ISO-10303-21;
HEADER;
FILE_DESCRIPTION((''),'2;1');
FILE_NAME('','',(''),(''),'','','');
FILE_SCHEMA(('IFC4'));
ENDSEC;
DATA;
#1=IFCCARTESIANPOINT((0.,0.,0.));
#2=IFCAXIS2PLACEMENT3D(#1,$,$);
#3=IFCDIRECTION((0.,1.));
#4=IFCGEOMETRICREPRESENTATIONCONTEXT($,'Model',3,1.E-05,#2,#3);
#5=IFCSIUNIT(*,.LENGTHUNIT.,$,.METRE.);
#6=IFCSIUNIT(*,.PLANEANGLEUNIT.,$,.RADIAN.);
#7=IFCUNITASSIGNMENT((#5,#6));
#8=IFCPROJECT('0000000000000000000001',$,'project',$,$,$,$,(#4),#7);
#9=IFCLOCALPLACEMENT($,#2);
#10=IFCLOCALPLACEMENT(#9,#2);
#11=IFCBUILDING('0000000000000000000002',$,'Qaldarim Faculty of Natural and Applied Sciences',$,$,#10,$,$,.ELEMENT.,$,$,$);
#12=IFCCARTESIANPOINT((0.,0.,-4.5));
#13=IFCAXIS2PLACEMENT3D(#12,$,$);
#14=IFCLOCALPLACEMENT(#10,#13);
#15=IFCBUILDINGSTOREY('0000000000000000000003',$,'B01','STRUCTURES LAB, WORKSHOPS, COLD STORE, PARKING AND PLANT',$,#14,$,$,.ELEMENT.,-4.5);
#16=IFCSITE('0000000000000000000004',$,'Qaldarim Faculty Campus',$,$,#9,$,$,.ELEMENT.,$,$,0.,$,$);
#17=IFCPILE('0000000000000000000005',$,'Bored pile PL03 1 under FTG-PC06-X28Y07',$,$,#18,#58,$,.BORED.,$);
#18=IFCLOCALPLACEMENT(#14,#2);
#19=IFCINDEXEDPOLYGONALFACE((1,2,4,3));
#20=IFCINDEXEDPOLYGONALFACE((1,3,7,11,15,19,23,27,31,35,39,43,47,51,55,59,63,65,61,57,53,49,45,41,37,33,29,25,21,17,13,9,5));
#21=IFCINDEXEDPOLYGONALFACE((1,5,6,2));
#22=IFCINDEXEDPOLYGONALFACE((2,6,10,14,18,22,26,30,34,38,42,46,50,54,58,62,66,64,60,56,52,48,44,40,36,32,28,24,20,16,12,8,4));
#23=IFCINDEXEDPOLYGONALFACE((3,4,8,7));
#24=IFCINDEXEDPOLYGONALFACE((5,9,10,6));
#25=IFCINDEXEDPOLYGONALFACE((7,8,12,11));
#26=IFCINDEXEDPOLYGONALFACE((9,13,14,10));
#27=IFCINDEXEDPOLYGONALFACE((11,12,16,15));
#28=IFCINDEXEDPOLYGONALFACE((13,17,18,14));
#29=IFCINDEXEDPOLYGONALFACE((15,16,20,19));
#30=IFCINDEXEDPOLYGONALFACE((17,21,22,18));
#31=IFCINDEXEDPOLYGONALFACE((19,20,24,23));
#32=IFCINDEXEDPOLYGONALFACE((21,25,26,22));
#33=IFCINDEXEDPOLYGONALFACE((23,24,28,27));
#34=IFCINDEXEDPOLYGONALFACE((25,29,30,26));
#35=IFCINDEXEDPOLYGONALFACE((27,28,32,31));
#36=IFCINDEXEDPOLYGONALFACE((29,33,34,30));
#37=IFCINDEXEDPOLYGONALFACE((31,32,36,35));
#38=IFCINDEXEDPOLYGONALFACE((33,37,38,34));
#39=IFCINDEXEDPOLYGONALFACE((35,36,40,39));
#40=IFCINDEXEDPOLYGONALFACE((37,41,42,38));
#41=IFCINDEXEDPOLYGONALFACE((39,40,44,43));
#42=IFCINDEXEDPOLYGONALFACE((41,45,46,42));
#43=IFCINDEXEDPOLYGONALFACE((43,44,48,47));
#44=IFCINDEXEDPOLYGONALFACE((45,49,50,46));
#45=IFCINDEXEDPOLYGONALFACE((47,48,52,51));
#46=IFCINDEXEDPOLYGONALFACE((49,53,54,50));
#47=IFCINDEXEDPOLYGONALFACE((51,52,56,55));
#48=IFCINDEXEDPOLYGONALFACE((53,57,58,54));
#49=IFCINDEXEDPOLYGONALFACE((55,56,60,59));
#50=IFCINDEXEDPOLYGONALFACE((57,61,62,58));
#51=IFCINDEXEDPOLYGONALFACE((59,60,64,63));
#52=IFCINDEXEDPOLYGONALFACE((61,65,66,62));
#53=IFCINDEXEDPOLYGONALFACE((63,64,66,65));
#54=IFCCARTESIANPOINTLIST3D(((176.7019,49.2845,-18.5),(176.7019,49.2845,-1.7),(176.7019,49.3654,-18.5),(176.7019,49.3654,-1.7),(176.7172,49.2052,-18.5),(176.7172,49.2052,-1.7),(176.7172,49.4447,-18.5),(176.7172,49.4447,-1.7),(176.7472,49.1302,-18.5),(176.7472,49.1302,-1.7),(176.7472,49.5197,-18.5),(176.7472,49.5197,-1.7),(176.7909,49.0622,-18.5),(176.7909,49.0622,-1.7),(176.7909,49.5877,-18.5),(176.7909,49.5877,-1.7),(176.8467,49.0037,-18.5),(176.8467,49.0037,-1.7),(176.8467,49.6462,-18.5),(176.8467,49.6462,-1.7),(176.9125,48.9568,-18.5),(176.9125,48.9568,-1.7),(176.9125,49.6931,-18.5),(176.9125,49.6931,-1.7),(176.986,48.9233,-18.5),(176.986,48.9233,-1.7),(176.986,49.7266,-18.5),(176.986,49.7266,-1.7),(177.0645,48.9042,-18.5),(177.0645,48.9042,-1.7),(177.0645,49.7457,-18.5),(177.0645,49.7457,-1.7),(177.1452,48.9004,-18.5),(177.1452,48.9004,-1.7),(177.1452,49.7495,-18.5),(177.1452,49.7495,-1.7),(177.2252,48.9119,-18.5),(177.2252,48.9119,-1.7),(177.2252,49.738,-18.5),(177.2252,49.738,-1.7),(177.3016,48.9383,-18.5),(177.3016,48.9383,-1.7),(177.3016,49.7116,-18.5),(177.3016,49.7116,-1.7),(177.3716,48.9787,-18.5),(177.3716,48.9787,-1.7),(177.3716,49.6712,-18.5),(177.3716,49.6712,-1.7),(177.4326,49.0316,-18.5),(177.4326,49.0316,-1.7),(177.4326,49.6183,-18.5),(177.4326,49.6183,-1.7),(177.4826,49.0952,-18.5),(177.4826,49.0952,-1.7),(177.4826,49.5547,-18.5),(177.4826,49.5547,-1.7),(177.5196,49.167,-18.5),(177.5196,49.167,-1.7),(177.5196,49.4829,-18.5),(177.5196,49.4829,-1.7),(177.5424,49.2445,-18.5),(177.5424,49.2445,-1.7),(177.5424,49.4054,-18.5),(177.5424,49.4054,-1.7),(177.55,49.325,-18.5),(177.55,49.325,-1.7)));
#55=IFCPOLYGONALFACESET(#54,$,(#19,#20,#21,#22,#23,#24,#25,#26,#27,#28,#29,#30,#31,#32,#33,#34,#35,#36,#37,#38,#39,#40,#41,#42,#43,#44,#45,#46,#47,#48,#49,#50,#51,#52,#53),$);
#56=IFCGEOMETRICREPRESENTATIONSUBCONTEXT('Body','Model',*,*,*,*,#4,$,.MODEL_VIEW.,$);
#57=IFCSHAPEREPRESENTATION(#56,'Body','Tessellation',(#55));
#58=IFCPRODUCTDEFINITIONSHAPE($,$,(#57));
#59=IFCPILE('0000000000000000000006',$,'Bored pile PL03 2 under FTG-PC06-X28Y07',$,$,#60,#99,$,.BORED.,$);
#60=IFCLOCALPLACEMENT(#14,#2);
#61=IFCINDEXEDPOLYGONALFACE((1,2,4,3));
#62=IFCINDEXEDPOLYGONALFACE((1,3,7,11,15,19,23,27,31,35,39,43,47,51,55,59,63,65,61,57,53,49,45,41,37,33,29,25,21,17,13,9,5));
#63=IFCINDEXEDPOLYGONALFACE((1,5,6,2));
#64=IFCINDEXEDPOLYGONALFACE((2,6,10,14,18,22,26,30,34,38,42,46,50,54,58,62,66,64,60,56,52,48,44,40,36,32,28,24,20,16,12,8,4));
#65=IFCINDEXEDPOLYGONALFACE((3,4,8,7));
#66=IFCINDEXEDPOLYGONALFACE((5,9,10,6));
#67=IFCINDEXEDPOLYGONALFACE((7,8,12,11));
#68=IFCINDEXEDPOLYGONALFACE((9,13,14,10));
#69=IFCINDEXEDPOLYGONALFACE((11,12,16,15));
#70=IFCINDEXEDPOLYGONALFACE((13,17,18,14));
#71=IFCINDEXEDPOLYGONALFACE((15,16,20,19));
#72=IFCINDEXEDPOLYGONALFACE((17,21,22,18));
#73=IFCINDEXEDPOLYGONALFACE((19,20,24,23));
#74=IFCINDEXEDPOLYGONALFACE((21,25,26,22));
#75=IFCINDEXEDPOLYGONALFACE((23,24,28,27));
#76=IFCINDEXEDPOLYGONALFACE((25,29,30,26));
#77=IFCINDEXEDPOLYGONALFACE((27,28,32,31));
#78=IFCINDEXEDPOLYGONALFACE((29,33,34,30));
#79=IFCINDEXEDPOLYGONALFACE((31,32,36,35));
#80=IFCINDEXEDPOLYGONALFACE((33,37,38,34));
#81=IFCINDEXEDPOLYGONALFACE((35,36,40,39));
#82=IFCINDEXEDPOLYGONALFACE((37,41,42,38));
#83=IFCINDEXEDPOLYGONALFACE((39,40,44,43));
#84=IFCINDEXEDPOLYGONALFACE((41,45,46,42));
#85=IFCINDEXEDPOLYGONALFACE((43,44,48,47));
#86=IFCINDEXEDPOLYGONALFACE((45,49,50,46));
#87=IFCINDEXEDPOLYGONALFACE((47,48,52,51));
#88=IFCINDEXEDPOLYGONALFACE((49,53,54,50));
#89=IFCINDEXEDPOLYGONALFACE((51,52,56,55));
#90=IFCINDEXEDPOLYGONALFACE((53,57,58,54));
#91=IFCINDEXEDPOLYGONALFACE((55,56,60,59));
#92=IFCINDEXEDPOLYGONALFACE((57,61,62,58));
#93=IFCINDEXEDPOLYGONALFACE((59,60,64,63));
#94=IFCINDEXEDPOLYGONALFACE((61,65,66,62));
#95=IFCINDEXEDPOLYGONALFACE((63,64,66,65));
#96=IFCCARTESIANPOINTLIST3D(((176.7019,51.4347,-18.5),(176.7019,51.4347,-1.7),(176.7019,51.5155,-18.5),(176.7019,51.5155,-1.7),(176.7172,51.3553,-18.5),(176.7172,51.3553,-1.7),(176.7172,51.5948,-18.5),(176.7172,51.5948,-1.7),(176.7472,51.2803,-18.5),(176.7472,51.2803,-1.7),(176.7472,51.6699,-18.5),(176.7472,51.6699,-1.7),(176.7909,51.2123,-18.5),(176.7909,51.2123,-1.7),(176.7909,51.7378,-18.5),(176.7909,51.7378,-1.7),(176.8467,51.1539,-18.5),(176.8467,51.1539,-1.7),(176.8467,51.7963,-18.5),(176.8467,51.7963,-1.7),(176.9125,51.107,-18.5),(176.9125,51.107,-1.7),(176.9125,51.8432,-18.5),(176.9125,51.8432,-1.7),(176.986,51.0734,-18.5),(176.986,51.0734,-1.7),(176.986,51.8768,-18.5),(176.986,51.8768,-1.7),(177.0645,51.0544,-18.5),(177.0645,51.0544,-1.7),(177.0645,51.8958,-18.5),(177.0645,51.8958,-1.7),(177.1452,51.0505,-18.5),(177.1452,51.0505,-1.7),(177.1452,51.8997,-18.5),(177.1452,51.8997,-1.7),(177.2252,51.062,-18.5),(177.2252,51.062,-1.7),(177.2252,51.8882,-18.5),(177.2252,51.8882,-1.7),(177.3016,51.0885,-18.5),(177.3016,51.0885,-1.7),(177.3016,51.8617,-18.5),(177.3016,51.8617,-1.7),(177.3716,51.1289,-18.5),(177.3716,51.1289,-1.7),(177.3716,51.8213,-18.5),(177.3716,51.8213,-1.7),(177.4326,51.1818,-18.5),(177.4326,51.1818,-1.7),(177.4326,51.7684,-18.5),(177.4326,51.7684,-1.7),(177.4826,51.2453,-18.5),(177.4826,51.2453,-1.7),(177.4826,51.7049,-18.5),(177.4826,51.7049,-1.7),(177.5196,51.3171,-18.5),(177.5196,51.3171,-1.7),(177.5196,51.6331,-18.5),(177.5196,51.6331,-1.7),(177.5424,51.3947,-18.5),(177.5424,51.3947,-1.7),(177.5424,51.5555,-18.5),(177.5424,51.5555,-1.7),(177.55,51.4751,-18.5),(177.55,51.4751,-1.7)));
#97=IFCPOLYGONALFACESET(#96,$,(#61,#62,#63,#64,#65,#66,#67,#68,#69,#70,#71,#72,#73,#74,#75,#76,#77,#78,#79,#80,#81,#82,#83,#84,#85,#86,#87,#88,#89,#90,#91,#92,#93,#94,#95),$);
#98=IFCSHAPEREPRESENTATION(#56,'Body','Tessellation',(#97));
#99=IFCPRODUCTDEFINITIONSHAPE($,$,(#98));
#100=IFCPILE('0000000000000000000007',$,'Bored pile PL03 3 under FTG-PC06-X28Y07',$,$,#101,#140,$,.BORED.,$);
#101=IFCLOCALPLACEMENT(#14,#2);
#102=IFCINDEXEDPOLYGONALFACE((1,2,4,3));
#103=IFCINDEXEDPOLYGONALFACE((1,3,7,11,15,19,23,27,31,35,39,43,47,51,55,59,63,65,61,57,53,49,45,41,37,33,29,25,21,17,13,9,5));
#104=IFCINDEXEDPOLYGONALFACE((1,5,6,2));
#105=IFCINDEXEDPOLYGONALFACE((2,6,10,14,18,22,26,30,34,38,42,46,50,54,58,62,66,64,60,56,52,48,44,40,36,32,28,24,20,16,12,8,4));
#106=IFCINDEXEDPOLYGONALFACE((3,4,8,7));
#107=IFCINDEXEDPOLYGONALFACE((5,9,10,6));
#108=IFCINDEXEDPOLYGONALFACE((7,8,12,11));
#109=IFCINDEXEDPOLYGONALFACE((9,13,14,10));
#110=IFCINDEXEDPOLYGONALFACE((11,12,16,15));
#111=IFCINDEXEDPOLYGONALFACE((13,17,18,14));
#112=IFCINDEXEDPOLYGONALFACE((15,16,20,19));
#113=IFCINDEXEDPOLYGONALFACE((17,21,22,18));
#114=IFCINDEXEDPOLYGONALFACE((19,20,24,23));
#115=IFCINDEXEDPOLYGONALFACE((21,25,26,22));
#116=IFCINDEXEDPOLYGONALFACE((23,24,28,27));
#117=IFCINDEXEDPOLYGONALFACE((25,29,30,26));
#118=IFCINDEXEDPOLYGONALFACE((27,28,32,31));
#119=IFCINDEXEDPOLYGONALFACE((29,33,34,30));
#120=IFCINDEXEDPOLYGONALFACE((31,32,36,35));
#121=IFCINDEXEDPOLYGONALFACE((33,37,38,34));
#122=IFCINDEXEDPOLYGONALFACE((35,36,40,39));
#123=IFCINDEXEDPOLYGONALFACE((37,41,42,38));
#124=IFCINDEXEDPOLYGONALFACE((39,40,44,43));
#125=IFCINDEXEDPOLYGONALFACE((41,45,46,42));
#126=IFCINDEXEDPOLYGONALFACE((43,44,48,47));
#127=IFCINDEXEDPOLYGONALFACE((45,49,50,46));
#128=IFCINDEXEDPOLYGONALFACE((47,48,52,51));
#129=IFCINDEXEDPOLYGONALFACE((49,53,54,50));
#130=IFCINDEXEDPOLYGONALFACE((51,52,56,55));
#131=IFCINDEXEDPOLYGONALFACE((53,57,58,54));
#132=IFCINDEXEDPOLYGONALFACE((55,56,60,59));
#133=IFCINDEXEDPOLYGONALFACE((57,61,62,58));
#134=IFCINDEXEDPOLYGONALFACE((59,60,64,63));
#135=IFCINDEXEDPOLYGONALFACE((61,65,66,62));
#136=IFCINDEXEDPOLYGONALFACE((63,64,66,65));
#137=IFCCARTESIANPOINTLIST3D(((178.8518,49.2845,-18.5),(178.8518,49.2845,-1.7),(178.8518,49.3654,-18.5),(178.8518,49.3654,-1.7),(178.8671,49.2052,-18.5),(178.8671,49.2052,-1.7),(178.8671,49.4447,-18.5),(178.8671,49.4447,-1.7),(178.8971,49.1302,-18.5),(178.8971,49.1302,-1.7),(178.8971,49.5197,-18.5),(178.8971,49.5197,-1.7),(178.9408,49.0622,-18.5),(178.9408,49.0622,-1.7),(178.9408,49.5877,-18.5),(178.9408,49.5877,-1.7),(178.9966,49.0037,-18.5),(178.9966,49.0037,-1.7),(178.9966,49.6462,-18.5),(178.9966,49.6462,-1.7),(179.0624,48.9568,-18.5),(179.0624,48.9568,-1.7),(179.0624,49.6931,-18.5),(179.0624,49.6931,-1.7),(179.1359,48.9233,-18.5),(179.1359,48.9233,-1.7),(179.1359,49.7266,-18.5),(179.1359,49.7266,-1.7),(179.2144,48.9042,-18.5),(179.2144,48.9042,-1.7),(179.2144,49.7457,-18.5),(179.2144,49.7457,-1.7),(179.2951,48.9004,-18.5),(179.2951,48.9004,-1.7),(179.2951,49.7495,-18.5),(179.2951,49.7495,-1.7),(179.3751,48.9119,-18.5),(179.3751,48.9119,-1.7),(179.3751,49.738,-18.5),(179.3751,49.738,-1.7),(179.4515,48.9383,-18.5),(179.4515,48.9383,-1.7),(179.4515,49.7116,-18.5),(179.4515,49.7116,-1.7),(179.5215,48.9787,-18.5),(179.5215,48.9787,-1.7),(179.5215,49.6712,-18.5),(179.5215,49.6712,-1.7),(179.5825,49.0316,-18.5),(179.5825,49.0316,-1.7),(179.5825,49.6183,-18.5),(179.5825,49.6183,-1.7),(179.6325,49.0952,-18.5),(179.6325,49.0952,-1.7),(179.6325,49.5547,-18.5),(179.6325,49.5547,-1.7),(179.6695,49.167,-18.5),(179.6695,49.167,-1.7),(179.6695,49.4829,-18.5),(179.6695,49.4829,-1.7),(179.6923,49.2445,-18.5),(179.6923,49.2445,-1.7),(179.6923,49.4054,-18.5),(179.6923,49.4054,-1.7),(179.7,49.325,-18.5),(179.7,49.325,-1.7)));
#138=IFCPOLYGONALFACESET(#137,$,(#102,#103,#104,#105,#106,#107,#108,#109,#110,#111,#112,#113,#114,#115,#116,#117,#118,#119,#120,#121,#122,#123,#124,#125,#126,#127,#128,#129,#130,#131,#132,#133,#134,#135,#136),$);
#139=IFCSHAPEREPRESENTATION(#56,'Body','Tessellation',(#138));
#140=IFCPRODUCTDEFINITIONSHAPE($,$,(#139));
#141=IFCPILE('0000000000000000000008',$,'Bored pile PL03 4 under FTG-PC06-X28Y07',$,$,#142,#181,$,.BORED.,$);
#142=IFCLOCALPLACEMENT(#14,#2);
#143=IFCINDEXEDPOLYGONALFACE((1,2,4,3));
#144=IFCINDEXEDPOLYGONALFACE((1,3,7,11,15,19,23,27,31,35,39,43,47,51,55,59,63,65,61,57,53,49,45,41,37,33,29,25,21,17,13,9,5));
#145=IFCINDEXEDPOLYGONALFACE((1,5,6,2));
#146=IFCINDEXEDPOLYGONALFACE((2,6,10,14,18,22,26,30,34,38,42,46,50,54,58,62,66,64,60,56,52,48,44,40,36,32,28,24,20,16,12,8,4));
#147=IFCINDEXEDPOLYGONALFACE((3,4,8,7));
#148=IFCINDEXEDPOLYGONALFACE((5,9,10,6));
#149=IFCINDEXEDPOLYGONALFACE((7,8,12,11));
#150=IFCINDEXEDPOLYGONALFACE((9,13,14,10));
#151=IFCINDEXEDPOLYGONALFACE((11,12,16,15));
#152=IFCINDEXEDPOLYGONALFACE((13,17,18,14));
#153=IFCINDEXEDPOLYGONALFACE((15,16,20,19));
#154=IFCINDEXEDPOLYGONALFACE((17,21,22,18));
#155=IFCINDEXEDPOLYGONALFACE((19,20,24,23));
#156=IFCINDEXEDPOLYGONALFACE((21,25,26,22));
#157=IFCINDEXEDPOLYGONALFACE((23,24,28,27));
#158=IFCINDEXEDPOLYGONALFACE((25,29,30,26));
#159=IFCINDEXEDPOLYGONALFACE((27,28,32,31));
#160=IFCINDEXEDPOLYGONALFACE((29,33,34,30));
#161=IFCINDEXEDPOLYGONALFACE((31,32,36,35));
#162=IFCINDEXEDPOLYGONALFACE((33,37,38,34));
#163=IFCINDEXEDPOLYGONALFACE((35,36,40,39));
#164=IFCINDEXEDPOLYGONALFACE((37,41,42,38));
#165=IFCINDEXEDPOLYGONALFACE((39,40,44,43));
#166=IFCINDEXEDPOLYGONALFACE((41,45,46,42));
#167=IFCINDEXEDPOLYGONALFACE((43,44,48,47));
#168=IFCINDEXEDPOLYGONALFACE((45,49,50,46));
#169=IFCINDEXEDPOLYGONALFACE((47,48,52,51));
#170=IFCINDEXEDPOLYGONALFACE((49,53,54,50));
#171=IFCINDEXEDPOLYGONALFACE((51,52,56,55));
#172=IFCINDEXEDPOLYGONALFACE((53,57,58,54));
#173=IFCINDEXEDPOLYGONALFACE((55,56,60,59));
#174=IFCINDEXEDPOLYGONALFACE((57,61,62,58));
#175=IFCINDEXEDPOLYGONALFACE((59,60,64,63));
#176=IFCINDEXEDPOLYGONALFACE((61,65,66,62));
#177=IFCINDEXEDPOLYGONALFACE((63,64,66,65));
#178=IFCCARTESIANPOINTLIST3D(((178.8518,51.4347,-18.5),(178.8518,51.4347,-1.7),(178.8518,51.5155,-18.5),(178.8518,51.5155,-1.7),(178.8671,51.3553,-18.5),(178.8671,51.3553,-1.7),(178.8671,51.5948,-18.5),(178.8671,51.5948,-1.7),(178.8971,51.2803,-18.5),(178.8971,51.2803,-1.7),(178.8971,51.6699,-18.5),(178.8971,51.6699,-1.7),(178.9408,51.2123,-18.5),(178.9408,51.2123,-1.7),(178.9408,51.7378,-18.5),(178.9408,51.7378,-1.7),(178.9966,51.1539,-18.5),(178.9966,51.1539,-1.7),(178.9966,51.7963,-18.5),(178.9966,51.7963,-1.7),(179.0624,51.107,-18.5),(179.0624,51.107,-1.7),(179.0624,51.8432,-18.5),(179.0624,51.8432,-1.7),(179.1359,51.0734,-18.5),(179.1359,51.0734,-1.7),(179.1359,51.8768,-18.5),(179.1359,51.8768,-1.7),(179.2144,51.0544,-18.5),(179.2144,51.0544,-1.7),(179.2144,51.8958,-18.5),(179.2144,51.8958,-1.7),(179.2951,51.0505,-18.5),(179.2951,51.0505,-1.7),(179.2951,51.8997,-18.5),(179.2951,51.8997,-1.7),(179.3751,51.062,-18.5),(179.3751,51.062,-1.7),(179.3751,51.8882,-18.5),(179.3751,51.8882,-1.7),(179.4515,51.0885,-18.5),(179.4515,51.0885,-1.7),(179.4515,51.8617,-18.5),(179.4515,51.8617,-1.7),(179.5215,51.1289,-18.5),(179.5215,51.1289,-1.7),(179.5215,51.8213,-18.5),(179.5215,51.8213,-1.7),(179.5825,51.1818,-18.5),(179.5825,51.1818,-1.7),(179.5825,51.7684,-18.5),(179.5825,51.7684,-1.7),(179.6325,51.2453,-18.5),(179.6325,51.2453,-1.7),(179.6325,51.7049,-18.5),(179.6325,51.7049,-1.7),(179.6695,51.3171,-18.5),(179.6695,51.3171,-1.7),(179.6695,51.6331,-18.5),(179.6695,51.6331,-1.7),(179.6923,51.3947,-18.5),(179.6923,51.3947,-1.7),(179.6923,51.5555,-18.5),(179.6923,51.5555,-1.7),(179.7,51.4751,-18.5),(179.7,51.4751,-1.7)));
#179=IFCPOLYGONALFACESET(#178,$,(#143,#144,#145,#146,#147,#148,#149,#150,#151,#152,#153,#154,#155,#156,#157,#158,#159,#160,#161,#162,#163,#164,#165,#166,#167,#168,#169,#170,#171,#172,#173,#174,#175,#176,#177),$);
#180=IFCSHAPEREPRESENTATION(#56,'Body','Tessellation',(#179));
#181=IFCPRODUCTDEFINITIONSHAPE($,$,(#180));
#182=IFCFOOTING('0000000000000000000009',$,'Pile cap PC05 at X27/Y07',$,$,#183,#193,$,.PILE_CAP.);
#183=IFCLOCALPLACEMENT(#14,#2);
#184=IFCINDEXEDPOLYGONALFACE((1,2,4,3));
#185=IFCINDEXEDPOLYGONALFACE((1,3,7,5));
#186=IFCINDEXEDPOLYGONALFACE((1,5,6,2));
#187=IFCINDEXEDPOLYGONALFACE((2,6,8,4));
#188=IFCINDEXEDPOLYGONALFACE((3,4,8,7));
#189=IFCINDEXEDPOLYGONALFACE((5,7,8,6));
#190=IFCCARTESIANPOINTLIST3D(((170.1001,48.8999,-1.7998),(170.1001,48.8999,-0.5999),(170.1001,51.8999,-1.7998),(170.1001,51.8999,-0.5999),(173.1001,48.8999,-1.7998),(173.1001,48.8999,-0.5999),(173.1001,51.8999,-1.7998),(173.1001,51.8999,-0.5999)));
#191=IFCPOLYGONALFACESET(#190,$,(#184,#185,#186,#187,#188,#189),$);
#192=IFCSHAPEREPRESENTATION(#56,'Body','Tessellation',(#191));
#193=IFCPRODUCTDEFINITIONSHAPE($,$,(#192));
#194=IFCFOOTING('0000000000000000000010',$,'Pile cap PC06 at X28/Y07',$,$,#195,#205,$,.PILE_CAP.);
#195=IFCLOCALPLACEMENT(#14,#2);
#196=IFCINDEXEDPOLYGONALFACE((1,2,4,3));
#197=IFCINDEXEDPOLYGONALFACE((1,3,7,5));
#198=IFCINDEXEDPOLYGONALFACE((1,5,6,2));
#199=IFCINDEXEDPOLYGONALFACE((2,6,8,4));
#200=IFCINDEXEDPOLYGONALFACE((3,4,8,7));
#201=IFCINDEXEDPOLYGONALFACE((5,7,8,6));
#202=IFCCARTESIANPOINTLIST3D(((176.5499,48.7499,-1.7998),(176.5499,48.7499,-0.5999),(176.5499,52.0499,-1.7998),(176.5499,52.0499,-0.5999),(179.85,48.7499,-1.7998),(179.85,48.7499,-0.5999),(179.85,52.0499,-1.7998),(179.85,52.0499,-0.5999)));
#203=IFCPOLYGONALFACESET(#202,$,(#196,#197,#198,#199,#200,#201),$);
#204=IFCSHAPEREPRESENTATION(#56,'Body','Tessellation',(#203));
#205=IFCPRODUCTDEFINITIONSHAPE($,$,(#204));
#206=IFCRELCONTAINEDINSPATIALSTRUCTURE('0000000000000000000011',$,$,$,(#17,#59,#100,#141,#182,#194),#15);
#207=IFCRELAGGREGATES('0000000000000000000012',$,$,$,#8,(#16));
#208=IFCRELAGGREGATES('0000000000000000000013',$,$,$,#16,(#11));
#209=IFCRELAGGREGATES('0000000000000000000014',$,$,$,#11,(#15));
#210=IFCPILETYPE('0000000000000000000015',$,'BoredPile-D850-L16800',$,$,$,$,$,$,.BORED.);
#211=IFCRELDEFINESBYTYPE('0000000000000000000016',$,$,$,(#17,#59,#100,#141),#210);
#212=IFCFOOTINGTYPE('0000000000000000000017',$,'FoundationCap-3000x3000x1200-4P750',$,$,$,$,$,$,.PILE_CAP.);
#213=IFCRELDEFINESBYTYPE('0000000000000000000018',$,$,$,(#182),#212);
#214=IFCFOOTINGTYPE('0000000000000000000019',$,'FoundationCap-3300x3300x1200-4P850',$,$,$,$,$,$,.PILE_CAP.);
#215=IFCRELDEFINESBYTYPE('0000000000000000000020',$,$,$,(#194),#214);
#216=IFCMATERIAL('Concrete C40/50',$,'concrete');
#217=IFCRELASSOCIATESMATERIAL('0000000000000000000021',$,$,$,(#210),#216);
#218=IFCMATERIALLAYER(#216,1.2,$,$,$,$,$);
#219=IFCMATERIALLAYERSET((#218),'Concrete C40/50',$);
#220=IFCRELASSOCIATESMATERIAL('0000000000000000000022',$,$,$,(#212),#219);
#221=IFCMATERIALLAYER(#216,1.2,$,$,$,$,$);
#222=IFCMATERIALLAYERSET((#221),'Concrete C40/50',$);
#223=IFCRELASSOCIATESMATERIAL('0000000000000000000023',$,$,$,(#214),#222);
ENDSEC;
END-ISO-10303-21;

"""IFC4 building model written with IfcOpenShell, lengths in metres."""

from ifc_helpers import new_model, si_unit, direction, frame, origin, origin_2d, place, context, subcontext, project, spatial, rectangle, circle, extrude, material, layer, layer_set, material_profile, profile_set, type_object, element, save


model = new_model("IFC4")

# Units and contexts
model_context = context("Model", 3, precision=1e-05, world=origin(), true_north=direction((0.0, 1.0)))
body_context = subcontext(model_context, "Body", "Model", "MODEL_VIEW")
ifc_project = project(units=[si_unit("LENGTHUNIT", "METRE"), si_unit("PLANEANGLEUNIT", "RADIAN")], contexts=[model_context])

# Site, building, storey
site_placement = place(None, origin())
site = spatial("IfcSite", under=ifc_project, at=site_placement, Name="Qaldarim Faculty Campus", CompositionType="ELEMENT", RefElevation=0.0)
building_placement = place(site_placement, origin())
building = spatial("IfcBuilding", under=site, at=building_placement, Name="Qaldarim Faculty of Natural and Applied Sciences", CompositionType="ELEMENT")
storey_placement = place(building_placement, frame((0.0, 0.0, -4.5)))
storey = spatial("IfcBuildingStorey", under=building, at=storey_placement, Name="B01", Description="STRUCTURES LAB, WORKSHOPS, COLD STORE, PARKING AND PLANT", CompositionType="ELEMENT", Elevation=-4.5)

# Piles
ifc_material_1 = material(Name="Concrete C40/50", Category="concrete")
ifc_material_profile_1 = material_profile(ifc_material_1, circle(Radius=0.425, at=origin_2d()), Name="PILE-D850")
ifc_profile_set_1 = profile_set([ifc_material_profile_1], Name="Concrete C40/50")
pile_type_1 = type_object("IfcPileType", Name="BoredPile-D850-L16800", PredefinedType="BORED", material=ifc_profile_set_1)
for number, where, z_axis, x_axis, name in (
    (1, (177.125, 49.325, -1.7), (0.0, 0.0, -1.0), (1.0, 0.0, 0.0), "Bored pile PL03 1 under FTG-PC06-X28Y07"),
    (2, (177.125, 51.4751, -1.7), (0.0, 0.0, -1.0), (1.0, 0.0, 0.0), "Bored pile PL03 2 under FTG-PC06-X28Y07"),
    (3, (179.2749, 49.325, -1.7), (0.0, 0.0, -1.0), (1.0, 0.0, 0.0), "Bored pile PL03 3 under FTG-PC06-X28Y07"),
    (4, (179.2749, 51.4751, -1.7), (0.0, 0.0, -1.0), (1.0, 0.0, 0.0), "Bored pile PL03 4 under FTG-PC06-X28Y07"),
):
    element("IfcPile", number, at=place(storey_placement, frame(where, z_axis=z_axis, x_axis=x_axis)), inside=storey, type_object=pile_type_1, Name=name, PredefinedType="BORED", context=body_context, shape_type="SweptSolid", body=[
        extrude(circle(Radius=0.425, at=origin_2d()), origin(), (0.0, 0.0, 1.0), 16.8),
    ])

# Footings
ifc_layer_1 = layer(ifc_material_1, 1.2)
ifc_layer_set_1 = layer_set([ifc_layer_1], Name="Concrete C40/50")
footing_type_1 = type_object("IfcFootingType", Name="FoundationCap-3000x3000x1200-4P750", PredefinedType="PILE_CAP", material=ifc_layer_set_1)
footing_1_placement = place(storey_placement, frame((171.6001, 50.3999, -1.7998), z_axis=(0.0, 0.0, 1.0), x_axis=(1.0, 0.0, 0.0)))
element("IfcFooting", 5, at=footing_1_placement, inside=storey, type_object=footing_type_1, Name="Pile cap PC05 at X27/Y07", PredefinedType="PILE_CAP", context=body_context, shape_type="SweptSolid", body=[
    extrude(rectangle(XDim=3.0, YDim=3.0, at=origin_2d()), origin(), (0.0, 0.0, 1.0), 1.2),
])
ifc_layer_2 = layer(ifc_material_1, 1.2)
ifc_layer_set_2 = layer_set([ifc_layer_2], Name="Concrete C40/50")
footing_type_2 = type_object("IfcFootingType", Name="FoundationCap-3300x3300x1200-4P850", PredefinedType="PILE_CAP", material=ifc_layer_set_2)
footing_2_placement = place(storey_placement, frame((178.2, 50.3999, -1.7998), z_axis=(0.0, 0.0, 1.0), x_axis=(1.0, 0.0, 0.0)))
element("IfcFooting", 6, at=footing_2_placement, inside=storey, type_object=footing_type_2, Name="Pile cap PC06 at X28/Y07", PredefinedType="PILE_CAP", context=body_context, shape_type="SweptSolid", body=[
    extrude(rectangle(XDim=3.3, YDim=3.3, at=origin_2d()), origin(), (0.0, 0.0, 1.0), 1.2),
])

save(model, "model.ifc")
